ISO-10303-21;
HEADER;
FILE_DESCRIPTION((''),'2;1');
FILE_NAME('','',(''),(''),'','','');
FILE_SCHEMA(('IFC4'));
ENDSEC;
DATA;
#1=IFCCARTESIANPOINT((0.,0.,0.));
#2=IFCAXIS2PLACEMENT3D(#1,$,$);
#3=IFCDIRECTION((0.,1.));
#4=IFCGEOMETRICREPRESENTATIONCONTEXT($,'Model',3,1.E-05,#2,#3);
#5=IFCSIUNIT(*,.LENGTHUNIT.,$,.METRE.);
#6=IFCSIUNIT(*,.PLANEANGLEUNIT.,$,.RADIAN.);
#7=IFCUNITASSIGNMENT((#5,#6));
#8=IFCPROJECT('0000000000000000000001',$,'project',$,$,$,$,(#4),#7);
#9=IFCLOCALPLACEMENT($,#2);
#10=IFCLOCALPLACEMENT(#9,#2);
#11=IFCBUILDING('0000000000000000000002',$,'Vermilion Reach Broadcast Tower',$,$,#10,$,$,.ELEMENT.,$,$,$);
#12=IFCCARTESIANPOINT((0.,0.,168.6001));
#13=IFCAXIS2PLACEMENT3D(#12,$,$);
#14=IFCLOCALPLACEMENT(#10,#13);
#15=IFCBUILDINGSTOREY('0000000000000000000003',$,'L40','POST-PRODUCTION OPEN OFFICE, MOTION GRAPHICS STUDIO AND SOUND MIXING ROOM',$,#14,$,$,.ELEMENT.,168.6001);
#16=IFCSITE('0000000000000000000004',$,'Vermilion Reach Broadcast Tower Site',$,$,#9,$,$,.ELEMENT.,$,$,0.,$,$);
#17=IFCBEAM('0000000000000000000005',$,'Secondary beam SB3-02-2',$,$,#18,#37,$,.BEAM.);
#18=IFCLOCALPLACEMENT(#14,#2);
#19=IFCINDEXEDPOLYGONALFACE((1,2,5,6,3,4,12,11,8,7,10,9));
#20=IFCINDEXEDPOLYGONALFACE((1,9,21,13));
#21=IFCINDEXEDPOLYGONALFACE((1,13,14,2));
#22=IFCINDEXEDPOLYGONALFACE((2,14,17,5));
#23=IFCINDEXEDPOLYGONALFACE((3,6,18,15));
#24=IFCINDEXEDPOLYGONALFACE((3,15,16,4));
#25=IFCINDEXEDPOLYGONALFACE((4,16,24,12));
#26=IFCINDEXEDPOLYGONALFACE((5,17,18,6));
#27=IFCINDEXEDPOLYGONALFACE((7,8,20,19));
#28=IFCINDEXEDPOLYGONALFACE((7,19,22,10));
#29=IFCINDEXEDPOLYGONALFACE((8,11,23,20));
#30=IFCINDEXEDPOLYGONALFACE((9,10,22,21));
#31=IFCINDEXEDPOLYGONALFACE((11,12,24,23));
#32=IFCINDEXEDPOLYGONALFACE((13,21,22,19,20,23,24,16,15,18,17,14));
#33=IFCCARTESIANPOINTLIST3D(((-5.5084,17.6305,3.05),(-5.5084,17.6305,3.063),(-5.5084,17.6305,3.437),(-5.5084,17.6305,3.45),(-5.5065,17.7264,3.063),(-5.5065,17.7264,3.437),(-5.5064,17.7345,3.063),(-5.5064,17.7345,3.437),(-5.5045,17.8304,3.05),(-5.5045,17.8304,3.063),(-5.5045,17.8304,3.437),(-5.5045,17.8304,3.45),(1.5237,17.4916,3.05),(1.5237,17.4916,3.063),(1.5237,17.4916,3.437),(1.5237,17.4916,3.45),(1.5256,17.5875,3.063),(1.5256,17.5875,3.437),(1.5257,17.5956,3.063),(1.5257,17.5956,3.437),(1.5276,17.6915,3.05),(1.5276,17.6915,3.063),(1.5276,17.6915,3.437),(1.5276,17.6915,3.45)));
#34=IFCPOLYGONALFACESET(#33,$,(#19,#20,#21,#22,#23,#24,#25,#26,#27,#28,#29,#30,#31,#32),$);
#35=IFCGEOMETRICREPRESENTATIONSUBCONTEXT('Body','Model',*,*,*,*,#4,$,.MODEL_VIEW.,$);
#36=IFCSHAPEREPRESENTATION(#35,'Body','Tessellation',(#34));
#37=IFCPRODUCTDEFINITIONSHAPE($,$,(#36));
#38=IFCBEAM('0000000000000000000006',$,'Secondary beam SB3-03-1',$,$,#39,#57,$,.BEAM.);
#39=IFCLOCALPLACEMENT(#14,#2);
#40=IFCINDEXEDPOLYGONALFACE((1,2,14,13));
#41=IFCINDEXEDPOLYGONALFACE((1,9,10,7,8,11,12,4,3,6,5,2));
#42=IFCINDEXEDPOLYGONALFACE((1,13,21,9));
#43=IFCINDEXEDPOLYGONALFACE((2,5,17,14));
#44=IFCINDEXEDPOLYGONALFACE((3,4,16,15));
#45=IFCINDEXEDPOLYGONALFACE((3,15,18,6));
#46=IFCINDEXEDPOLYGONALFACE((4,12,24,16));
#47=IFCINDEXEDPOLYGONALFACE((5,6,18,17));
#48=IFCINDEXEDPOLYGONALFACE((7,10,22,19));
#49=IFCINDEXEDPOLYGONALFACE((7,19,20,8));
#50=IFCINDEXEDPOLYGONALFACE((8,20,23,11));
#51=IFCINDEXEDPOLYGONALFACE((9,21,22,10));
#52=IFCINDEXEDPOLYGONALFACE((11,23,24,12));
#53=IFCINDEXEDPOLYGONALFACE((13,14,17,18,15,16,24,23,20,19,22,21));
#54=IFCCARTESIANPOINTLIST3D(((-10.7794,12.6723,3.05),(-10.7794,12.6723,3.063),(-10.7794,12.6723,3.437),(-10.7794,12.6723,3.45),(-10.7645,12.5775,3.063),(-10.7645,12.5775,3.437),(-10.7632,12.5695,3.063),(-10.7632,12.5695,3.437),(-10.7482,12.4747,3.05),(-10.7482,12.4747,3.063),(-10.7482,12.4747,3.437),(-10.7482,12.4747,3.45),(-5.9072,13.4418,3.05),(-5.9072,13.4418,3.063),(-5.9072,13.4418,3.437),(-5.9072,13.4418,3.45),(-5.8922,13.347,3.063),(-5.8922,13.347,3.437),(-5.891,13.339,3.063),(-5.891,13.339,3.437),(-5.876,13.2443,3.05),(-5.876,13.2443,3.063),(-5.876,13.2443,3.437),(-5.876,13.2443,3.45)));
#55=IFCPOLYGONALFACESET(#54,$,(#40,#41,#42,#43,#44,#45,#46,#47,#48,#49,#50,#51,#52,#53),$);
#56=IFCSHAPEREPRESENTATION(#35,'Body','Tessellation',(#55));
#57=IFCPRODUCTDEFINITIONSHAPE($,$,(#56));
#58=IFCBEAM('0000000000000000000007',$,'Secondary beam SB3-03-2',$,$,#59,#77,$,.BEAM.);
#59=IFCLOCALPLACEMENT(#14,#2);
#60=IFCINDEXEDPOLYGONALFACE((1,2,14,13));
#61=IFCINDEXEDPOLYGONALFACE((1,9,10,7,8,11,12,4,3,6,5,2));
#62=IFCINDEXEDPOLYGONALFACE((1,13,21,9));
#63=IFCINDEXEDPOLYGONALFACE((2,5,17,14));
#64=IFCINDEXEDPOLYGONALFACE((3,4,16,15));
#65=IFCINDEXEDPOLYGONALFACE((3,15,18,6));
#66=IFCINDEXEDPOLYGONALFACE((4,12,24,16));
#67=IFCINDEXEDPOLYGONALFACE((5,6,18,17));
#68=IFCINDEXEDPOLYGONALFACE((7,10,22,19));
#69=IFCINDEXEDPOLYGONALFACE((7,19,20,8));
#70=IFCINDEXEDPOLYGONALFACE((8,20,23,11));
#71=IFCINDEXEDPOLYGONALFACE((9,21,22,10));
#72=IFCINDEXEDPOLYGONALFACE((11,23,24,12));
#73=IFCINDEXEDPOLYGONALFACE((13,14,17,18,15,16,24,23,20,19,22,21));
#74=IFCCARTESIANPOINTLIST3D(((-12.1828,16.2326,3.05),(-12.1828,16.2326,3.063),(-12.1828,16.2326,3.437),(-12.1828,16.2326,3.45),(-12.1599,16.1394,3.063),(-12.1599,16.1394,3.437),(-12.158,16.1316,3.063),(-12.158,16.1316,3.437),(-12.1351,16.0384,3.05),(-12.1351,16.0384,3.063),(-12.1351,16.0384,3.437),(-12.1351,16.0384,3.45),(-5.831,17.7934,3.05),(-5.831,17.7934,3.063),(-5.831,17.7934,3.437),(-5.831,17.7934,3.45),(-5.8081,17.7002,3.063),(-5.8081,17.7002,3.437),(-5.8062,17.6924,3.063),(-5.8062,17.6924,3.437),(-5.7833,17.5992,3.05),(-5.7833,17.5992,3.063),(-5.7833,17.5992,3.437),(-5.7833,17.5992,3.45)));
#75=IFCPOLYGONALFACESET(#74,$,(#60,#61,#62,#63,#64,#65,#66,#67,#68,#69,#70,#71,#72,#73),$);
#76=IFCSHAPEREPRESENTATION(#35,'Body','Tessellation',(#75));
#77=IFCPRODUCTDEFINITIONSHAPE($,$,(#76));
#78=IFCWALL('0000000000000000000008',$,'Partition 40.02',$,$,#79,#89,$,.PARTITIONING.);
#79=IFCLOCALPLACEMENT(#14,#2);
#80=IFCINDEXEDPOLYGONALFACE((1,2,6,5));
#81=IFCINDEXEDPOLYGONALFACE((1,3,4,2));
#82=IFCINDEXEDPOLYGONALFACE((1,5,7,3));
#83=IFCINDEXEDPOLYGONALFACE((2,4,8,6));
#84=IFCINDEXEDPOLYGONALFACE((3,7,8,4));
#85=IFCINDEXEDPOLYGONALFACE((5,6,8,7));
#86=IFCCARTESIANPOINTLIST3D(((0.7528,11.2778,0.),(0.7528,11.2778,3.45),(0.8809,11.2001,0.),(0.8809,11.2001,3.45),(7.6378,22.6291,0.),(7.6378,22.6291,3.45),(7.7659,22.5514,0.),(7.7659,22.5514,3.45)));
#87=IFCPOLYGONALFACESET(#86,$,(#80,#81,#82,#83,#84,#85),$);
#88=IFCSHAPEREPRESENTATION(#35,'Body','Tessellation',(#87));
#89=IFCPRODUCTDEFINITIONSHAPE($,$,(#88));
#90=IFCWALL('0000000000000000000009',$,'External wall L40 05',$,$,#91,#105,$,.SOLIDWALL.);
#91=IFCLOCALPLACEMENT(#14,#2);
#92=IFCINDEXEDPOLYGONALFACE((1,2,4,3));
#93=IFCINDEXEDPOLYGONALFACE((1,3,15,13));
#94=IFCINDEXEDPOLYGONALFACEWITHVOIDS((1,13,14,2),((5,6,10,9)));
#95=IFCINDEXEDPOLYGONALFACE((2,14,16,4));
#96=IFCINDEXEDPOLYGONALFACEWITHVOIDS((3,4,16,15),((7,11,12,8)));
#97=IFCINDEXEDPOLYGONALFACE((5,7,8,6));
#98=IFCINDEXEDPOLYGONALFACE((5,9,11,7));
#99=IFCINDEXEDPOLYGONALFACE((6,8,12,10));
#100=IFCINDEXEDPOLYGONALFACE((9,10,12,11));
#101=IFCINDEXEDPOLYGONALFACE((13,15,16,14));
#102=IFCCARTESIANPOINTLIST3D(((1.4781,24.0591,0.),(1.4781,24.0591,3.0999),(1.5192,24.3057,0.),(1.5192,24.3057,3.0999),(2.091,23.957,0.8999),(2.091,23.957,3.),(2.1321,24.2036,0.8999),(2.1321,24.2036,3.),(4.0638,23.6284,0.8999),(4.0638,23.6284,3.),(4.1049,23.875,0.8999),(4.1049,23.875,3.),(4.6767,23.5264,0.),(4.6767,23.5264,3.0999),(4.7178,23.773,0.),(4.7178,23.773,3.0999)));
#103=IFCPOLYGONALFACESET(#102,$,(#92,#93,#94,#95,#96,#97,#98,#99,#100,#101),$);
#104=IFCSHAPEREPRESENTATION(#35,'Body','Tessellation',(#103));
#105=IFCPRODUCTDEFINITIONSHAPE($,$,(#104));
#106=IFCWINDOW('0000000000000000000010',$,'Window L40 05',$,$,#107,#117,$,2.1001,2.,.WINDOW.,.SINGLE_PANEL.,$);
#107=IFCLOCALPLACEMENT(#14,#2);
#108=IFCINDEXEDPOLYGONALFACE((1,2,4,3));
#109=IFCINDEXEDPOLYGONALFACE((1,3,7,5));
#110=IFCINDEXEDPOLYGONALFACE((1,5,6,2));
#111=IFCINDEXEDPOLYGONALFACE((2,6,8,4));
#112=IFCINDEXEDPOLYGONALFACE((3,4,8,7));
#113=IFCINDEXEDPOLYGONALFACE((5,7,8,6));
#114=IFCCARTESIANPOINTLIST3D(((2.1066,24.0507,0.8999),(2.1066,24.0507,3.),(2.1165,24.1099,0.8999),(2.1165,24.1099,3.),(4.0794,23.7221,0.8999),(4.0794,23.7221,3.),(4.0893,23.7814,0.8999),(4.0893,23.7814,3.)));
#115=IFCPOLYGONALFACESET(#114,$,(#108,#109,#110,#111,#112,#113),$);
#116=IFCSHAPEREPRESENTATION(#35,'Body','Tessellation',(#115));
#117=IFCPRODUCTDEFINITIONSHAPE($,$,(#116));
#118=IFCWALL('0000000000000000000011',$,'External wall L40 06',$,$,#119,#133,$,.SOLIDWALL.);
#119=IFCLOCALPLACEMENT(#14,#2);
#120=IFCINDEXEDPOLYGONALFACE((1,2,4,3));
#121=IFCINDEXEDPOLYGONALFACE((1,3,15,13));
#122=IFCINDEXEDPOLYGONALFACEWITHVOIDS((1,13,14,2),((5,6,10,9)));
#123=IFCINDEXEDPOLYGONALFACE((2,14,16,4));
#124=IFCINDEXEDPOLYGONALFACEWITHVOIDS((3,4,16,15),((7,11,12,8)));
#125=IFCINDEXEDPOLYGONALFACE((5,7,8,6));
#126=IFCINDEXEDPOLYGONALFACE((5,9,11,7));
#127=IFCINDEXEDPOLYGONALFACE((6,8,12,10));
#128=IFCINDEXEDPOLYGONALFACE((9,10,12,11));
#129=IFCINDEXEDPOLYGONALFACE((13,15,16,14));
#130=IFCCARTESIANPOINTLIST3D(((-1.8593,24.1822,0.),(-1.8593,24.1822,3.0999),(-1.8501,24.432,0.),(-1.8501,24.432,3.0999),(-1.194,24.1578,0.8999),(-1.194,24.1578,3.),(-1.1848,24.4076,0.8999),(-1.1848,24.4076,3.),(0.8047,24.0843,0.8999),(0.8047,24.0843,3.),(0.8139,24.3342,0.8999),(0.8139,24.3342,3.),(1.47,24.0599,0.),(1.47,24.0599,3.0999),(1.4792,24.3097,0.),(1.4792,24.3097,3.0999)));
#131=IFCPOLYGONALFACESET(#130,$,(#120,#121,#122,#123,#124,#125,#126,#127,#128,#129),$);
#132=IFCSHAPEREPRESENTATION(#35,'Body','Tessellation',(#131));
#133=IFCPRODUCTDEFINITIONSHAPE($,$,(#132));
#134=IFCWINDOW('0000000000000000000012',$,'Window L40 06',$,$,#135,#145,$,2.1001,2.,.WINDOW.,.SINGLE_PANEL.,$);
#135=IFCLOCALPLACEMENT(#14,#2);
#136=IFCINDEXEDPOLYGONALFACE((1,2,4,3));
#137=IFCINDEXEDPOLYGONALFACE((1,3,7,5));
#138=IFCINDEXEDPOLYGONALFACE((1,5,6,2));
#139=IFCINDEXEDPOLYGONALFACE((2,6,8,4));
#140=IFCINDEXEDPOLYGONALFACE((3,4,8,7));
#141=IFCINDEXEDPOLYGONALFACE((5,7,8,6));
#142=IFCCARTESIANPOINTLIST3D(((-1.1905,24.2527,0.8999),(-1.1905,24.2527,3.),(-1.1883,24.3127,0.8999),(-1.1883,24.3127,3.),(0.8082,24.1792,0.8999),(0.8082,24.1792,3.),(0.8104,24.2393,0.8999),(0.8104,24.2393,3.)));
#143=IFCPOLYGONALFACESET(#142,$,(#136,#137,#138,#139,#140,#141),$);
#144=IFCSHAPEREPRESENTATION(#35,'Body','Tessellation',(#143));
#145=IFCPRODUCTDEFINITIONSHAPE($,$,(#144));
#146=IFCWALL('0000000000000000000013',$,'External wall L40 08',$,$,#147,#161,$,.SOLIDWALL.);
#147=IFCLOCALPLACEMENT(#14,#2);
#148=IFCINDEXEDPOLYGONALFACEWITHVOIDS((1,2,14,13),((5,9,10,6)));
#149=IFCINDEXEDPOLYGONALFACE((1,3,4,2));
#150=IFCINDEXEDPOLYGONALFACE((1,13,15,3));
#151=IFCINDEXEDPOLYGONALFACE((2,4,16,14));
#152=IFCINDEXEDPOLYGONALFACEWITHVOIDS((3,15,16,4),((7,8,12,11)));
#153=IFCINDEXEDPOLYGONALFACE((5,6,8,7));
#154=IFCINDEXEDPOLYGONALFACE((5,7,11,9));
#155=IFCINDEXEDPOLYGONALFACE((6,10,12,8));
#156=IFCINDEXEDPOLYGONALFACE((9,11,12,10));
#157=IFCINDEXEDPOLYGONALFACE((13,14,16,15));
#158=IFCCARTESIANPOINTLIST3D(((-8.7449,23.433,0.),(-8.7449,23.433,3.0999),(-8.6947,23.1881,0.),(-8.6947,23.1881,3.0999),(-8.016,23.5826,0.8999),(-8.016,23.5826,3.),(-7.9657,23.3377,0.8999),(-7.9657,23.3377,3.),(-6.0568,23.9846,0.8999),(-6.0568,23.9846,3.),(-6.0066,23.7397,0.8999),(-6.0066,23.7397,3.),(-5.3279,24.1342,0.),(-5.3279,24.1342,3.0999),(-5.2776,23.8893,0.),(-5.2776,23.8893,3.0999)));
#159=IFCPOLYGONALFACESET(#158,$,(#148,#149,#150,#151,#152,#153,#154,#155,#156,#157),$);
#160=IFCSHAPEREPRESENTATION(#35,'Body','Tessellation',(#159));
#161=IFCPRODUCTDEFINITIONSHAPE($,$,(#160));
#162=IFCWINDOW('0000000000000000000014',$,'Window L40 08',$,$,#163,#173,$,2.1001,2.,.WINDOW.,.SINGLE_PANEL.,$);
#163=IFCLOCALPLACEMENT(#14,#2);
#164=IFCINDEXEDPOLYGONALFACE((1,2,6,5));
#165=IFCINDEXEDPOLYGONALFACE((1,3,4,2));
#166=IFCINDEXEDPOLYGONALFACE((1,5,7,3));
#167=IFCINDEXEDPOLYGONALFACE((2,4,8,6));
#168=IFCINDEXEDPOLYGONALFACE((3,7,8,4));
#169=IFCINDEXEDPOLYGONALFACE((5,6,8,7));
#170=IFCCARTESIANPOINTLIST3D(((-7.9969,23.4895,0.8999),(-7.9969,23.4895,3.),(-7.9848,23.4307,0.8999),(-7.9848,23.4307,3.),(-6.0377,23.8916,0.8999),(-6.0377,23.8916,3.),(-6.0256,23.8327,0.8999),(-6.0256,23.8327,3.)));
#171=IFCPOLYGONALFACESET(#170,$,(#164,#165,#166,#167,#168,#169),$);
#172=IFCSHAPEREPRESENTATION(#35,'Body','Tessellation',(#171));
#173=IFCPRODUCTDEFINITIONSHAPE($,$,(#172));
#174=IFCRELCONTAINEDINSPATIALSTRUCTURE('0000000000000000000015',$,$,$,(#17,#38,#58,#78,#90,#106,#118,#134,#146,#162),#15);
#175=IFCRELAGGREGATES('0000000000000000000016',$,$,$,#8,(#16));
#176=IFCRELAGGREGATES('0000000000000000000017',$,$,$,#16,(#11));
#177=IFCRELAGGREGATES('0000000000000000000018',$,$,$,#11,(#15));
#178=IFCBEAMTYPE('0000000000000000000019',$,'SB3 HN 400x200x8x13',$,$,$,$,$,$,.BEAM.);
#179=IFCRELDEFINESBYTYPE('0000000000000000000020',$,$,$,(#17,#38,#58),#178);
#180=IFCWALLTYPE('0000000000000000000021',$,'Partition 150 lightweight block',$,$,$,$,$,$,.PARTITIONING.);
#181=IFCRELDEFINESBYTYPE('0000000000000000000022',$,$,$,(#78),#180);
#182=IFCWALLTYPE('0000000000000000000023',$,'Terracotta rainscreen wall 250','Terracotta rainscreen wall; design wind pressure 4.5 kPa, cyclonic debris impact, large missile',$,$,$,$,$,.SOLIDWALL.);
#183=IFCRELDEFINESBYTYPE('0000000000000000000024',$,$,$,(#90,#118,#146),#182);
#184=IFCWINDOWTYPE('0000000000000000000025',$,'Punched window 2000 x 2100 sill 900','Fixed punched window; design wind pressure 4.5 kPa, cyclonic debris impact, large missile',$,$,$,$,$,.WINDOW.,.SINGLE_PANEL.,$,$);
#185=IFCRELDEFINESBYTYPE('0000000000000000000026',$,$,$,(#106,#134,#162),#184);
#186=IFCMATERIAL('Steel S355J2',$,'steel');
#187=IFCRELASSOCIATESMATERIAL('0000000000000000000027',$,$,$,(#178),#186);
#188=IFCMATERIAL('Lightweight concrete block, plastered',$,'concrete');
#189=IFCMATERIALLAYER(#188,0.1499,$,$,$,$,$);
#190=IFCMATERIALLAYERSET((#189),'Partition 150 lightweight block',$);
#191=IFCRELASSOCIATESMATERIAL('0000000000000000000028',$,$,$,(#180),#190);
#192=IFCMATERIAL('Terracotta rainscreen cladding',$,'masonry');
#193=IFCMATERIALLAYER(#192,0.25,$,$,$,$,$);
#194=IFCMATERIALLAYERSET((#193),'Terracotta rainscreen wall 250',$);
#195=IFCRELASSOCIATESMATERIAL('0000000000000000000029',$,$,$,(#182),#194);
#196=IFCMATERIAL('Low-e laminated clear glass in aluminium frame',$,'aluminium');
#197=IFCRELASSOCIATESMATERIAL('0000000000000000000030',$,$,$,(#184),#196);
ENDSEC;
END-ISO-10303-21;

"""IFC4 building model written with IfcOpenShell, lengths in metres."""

from ifc_helpers import new_model, si_unit, direction, frame, frame_2d, origin, origin_2d, place, context, subcontext, project, spatial, rectangle, i_section, extrude, material, layer, layer_set, material_profile, profile_set, type_object, element, fill, save


model = new_model("IFC4")

# Units and contexts
model_context = context("Model", 3, precision=1e-05, world=origin(), true_north=direction((0.0, 1.0)))
body_context = subcontext(model_context, "Body", "Model", "MODEL_VIEW")
ifc_project = project(units=[si_unit("LENGTHUNIT", "METRE"), si_unit("PLANEANGLEUNIT", "RADIAN")], contexts=[model_context])

# Site, building, storey
site_placement = place(None, origin())
site = spatial("IfcSite", under=ifc_project, at=site_placement, Name="Vermilion Reach Broadcast Tower Site", CompositionType="ELEMENT", RefElevation=0.0)
building_placement = place(site_placement, origin())
building = spatial("IfcBuilding", under=site, at=building_placement, Name="Vermilion Reach Broadcast Tower", CompositionType="ELEMENT")
storey_placement = place(building_placement, frame((0.0, 0.0, 168.6001)))
storey = spatial("IfcBuildingStorey", under=building, at=storey_placement, Name="L40", Description="POST-PRODUCTION OPEN OFFICE, MOTION GRAPHICS STUDIO AND SOUND MIXING ROOM", CompositionType="ELEMENT", Elevation=168.6001)

# Beams
ifc_material_1 = material(Name="Steel S355J2", Category="steel")
ifc_material_profile_1 = material_profile(ifc_material_1, i_section(OverallWidth=0.2, OverallDepth=0.3999, WebThickness=0.0081, FlangeThickness=0.0129, at=origin_2d()), Name="S355J2 HN 400x200x8x13")
ifc_profile_set_1 = profile_set([ifc_material_profile_1], Name="Steel S355J2")
beam_type_1 = type_object("IfcBeamType", Name="SB3 HN 400x200x8x13", PredefinedType="BEAM", material=ifc_profile_set_1)
beam_1_placement = place(storey_placement, frame((1.5256, 17.5916, 3.25), z_axis=(-0.999805, 0.019751, 0.0), x_axis=(-0.019751, -0.999805, 0.0)))
element("IfcBeam", 1, at=beam_1_placement, inside=storey, type_object=beam_type_1, Name="Secondary beam SB3-02-2", PredefinedType="BEAM", context=body_context, shape_type="SweptSolid", body=[
    extrude(i_section(OverallWidth=0.2, OverallDepth=0.3999, WebThickness=0.0081, FlangeThickness=0.0129, at=origin_2d()), origin(), (0.0, 0.0, 1.0), 7.0334),
])
beam_2_placement = place(storey_placement, frame((-5.8916, 13.343, 3.25), z_axis=(-0.987756, -0.156006, 0.0), x_axis=(0.156006, -0.987756, 0.0)))
element("IfcBeam", 2, at=beam_2_placement, inside=storey, type_object=beam_type_1, Name="Secondary beam SB3-03-1", PredefinedType="BEAM", context=body_context, shape_type="SweptSolid", body=[
    extrude(i_section(OverallWidth=0.2, OverallDepth=0.3999, WebThickness=0.0081, FlangeThickness=0.0129, at=origin_2d()), origin(), (0.0, 0.0, 1.0), 4.9326),
])
beam_3_placement = place(storey_placement, frame((-5.8071, 17.6963, 3.25), z_axis=(-0.971112, -0.238625, 0.0), x_axis=(0.238625, -0.971112, 0.0)))
element("IfcBeam", 3, at=beam_3_placement, inside=storey, type_object=beam_type_1, Name="Secondary beam SB3-03-2", PredefinedType="BEAM", context=body_context, shape_type="SweptSolid", body=[
    extrude(i_section(OverallWidth=0.2, OverallDepth=0.3999, WebThickness=0.0081, FlangeThickness=0.0129, at=origin_2d()), origin(), (0.0, 0.0, 1.0), 6.5408),
])

# Wall
ifc_material_2 = material(Name="Lightweight concrete block, plastered", Category="concrete")
ifc_layer_1 = layer(ifc_material_2, 0.1499)
ifc_layer_set_1 = layer_set([ifc_layer_1], Name="Partition 150 lightweight block")
wall_type_1 = type_object("IfcWallType", Name="Partition 150 lightweight block", PredefinedType="PARTITIONING", material=ifc_layer_set_1)
wall_1_placement = place(storey_placement, frame((7.7019, 22.5903, 0.0), z_axis=(0.0, 0.0, 1.0), x_axis=(-0.5186, -0.855017, 0.0)))
element("IfcWall", 4, at=wall_1_placement, inside=storey, type_object=wall_type_1, Name="Partition 40.02", PredefinedType="PARTITIONING", context=body_context, shape_type="SweptSolid", body=[
    extrude(rectangle(XDim=13.2761, YDim=0.1499, at=frame_2d((6.6382, 0.0))), origin(), (0.0, 0.0, 1.0), 3.45),
])

# Walls, openings, windows
ifc_material_3 = material(Name="Terracotta rainscreen cladding", Category="masonry")
ifc_layer_2 = layer(ifc_material_3, 0.25)
ifc_layer_set_2 = layer_set([ifc_layer_2], Name="Terracotta rainscreen wall 250")
wall_type_2 = type_object("IfcWallType", Name="Terracotta rainscreen wall 250", Description="Terracotta rainscreen wall; design wind pressure 4.5 kPa, cyclonic debris impact, large missile", PredefinedType="SOLIDWALL", material=ifc_layer_set_2)
wall_2_placement = place(storey_placement, frame((4.6973, 23.6497, 0.0), z_axis=(0.0, 0.0, 1.0), x_axis=(-0.986414, 0.164277, 0.0)))
wall_2 = element("IfcWall", 5, at=wall_2_placement, inside=storey, type_object=wall_type_2, Name="External wall L40 05", PredefinedType="SOLIDWALL", context=body_context, shape_type="SweptSolid", body=[
    extrude(rectangle(XDim=3.2427, YDim=0.25, at=frame_2d((1.6213, 0.0))), origin(), (0.0, 0.0, 1.0), 3.0999),
])
opening_1_placement = place(wall_2_placement, frame((0.6213, 0.0, 0.8999)))
opening_1 = element("IfcOpeningElement", 6, at=opening_1_placement, cuts=wall_2, PredefinedType="OPENING", context=body_context, shape_type="SweptSolid", body=[
    extrude(rectangle(XDim=2.0, YDim=2.1001, at=frame_2d((1.0, 1.05))), frame((0.0, 0.135, 0.0), z_axis=(0.0, -1.0, 0.0), x_axis=(1.0, 0.0, 0.0)), (0.0, 0.0, 1.0), 0.27),
])
ifc_material_4 = material(Name="Low-e laminated clear glass in aluminium frame", Category="aluminium")
window_type = type_object("IfcWindowType", Name="Punched window 2000 x 2100 sill 900", Description="Fixed punched window; design wind pressure 4.5 kPa, cyclonic debris impact, large missile", PartitioningType="SINGLE_PANEL", PredefinedType="WINDOW", material=ifc_material_4)
window_1_placement = place(opening_1_placement, origin())
window_1 = element("IfcWindow", 7, at=window_1_placement, inside=storey, type_object=window_type, Name="Window L40 05", OverallHeight=2.1001, OverallWidth=2.0, PartitioningType="SINGLE_PANEL", PredefinedType="WINDOW", context=body_context, shape_type="SweptSolid", body=[
    extrude(rectangle(XDim=2.0, YDim=2.1001, at=frame_2d((1.0, 1.05))), frame((0.0, 0.03, 0.0), z_axis=(0.0, -1.0, 0.0), x_axis=(1.0, 0.0, 0.0)), (0.0, 0.0, 1.0), 0.0601),
])
fill(opening_1, window_1)
wall_3_placement = place(storey_placement, frame((1.4746, 24.1848, 0.0), z_axis=(0.0, 0.0, 1.0), x_axis=(-0.999326, 0.036714, 0.0)))
wall_3 = element("IfcWall", 8, at=wall_3_placement, inside=storey, type_object=wall_type_2, Name="External wall L40 06", PredefinedType="SOLIDWALL", context=body_context, shape_type="SweptSolid", body=[
    extrude(rectangle(XDim=3.3315, YDim=0.25, at=frame_2d((1.6658, 0.0))), origin(), (0.0, 0.0, 1.0), 3.0999),
])
opening_2_placement = place(wall_3_placement, frame((0.6658, 0.0, 0.8999)))
opening_2 = element("IfcOpeningElement", 9, at=opening_2_placement, cuts=wall_3, PredefinedType="OPENING", context=body_context, shape_type="SweptSolid", body=[
    extrude(rectangle(XDim=2.0, YDim=2.1001, at=frame_2d((1.0, 1.05))), frame((0.0, 0.135, 0.0), z_axis=(0.0, -1.0, 0.0), x_axis=(1.0, 0.0, 0.0)), (0.0, 0.0, 1.0), 0.27),
])
window_2_placement = place(opening_2_placement, origin())
window_2 = element("IfcWindow", 10, at=window_2_placement, inside=storey, type_object=window_type, Name="Window L40 06", OverallHeight=2.1001, OverallWidth=2.0, PartitioningType="SINGLE_PANEL", PredefinedType="WINDOW", context=body_context, shape_type="SweptSolid", body=[
    extrude(rectangle(XDim=2.0, YDim=2.1001, at=frame_2d((1.0, 1.05))), frame((0.0, 0.03, 0.0), z_axis=(0.0, -1.0, 0.0), x_axis=(1.0, 0.0, 0.0)), (0.0, 0.0, 1.0), 0.0601),
])
fill(opening_2, window_2)

# Wall, opening, window
wall_4_placement = place(storey_placement, frame((-5.3027, 24.0117, 0.0), z_axis=(0.0, 0.0, 1.0), x_axis=(-0.979589, -0.201013, 0.0)))
wall_4 = element("IfcWall", 11, at=wall_4_placement, inside=storey, type_object=wall_type_2, Name="External wall L40 08", PredefinedType="SOLIDWALL", context=body_context, shape_type="SweptSolid", body=[
    extrude(rectangle(XDim=3.4883, YDim=0.25, at=frame_2d((1.7441, 0.0))), origin(), (0.0, 0.0, 1.0), 3.0999),
])
opening_3_placement = place(wall_4_placement, frame((0.7441, 0.0, 0.8999)))
opening_3 = element("IfcOpeningElement", 12, at=opening_3_placement, cuts=wall_4, PredefinedType="OPENING", context=body_context, shape_type="SweptSolid", body=[
    extrude(rectangle(XDim=2.0, YDim=2.1001, at=frame_2d((1.0, 1.05))), frame((0.0, 0.135, 0.0), z_axis=(0.0, -1.0, 0.0), x_axis=(1.0, 0.0, 0.0)), (0.0, 0.0, 1.0), 0.27),
])
window_3_placement = place(opening_3_placement, origin())
window_3 = element("IfcWindow", 13, at=window_3_placement, inside=storey, type_object=window_type, Name="Window L40 08", OverallHeight=2.1001, OverallWidth=2.0, PartitioningType="SINGLE_PANEL", PredefinedType="WINDOW", context=body_context, shape_type="SweptSolid", body=[
    extrude(rectangle(XDim=2.0, YDim=2.1001, at=frame_2d((1.0, 1.05))), frame((0.0, 0.03, 0.0), z_axis=(0.0, -1.0, 0.0), x_axis=(1.0, 0.0, 0.0)), (0.0, 0.0, 1.0), 0.0601),
])
fill(opening_3, window_3)

save(model, "model.ifc")
